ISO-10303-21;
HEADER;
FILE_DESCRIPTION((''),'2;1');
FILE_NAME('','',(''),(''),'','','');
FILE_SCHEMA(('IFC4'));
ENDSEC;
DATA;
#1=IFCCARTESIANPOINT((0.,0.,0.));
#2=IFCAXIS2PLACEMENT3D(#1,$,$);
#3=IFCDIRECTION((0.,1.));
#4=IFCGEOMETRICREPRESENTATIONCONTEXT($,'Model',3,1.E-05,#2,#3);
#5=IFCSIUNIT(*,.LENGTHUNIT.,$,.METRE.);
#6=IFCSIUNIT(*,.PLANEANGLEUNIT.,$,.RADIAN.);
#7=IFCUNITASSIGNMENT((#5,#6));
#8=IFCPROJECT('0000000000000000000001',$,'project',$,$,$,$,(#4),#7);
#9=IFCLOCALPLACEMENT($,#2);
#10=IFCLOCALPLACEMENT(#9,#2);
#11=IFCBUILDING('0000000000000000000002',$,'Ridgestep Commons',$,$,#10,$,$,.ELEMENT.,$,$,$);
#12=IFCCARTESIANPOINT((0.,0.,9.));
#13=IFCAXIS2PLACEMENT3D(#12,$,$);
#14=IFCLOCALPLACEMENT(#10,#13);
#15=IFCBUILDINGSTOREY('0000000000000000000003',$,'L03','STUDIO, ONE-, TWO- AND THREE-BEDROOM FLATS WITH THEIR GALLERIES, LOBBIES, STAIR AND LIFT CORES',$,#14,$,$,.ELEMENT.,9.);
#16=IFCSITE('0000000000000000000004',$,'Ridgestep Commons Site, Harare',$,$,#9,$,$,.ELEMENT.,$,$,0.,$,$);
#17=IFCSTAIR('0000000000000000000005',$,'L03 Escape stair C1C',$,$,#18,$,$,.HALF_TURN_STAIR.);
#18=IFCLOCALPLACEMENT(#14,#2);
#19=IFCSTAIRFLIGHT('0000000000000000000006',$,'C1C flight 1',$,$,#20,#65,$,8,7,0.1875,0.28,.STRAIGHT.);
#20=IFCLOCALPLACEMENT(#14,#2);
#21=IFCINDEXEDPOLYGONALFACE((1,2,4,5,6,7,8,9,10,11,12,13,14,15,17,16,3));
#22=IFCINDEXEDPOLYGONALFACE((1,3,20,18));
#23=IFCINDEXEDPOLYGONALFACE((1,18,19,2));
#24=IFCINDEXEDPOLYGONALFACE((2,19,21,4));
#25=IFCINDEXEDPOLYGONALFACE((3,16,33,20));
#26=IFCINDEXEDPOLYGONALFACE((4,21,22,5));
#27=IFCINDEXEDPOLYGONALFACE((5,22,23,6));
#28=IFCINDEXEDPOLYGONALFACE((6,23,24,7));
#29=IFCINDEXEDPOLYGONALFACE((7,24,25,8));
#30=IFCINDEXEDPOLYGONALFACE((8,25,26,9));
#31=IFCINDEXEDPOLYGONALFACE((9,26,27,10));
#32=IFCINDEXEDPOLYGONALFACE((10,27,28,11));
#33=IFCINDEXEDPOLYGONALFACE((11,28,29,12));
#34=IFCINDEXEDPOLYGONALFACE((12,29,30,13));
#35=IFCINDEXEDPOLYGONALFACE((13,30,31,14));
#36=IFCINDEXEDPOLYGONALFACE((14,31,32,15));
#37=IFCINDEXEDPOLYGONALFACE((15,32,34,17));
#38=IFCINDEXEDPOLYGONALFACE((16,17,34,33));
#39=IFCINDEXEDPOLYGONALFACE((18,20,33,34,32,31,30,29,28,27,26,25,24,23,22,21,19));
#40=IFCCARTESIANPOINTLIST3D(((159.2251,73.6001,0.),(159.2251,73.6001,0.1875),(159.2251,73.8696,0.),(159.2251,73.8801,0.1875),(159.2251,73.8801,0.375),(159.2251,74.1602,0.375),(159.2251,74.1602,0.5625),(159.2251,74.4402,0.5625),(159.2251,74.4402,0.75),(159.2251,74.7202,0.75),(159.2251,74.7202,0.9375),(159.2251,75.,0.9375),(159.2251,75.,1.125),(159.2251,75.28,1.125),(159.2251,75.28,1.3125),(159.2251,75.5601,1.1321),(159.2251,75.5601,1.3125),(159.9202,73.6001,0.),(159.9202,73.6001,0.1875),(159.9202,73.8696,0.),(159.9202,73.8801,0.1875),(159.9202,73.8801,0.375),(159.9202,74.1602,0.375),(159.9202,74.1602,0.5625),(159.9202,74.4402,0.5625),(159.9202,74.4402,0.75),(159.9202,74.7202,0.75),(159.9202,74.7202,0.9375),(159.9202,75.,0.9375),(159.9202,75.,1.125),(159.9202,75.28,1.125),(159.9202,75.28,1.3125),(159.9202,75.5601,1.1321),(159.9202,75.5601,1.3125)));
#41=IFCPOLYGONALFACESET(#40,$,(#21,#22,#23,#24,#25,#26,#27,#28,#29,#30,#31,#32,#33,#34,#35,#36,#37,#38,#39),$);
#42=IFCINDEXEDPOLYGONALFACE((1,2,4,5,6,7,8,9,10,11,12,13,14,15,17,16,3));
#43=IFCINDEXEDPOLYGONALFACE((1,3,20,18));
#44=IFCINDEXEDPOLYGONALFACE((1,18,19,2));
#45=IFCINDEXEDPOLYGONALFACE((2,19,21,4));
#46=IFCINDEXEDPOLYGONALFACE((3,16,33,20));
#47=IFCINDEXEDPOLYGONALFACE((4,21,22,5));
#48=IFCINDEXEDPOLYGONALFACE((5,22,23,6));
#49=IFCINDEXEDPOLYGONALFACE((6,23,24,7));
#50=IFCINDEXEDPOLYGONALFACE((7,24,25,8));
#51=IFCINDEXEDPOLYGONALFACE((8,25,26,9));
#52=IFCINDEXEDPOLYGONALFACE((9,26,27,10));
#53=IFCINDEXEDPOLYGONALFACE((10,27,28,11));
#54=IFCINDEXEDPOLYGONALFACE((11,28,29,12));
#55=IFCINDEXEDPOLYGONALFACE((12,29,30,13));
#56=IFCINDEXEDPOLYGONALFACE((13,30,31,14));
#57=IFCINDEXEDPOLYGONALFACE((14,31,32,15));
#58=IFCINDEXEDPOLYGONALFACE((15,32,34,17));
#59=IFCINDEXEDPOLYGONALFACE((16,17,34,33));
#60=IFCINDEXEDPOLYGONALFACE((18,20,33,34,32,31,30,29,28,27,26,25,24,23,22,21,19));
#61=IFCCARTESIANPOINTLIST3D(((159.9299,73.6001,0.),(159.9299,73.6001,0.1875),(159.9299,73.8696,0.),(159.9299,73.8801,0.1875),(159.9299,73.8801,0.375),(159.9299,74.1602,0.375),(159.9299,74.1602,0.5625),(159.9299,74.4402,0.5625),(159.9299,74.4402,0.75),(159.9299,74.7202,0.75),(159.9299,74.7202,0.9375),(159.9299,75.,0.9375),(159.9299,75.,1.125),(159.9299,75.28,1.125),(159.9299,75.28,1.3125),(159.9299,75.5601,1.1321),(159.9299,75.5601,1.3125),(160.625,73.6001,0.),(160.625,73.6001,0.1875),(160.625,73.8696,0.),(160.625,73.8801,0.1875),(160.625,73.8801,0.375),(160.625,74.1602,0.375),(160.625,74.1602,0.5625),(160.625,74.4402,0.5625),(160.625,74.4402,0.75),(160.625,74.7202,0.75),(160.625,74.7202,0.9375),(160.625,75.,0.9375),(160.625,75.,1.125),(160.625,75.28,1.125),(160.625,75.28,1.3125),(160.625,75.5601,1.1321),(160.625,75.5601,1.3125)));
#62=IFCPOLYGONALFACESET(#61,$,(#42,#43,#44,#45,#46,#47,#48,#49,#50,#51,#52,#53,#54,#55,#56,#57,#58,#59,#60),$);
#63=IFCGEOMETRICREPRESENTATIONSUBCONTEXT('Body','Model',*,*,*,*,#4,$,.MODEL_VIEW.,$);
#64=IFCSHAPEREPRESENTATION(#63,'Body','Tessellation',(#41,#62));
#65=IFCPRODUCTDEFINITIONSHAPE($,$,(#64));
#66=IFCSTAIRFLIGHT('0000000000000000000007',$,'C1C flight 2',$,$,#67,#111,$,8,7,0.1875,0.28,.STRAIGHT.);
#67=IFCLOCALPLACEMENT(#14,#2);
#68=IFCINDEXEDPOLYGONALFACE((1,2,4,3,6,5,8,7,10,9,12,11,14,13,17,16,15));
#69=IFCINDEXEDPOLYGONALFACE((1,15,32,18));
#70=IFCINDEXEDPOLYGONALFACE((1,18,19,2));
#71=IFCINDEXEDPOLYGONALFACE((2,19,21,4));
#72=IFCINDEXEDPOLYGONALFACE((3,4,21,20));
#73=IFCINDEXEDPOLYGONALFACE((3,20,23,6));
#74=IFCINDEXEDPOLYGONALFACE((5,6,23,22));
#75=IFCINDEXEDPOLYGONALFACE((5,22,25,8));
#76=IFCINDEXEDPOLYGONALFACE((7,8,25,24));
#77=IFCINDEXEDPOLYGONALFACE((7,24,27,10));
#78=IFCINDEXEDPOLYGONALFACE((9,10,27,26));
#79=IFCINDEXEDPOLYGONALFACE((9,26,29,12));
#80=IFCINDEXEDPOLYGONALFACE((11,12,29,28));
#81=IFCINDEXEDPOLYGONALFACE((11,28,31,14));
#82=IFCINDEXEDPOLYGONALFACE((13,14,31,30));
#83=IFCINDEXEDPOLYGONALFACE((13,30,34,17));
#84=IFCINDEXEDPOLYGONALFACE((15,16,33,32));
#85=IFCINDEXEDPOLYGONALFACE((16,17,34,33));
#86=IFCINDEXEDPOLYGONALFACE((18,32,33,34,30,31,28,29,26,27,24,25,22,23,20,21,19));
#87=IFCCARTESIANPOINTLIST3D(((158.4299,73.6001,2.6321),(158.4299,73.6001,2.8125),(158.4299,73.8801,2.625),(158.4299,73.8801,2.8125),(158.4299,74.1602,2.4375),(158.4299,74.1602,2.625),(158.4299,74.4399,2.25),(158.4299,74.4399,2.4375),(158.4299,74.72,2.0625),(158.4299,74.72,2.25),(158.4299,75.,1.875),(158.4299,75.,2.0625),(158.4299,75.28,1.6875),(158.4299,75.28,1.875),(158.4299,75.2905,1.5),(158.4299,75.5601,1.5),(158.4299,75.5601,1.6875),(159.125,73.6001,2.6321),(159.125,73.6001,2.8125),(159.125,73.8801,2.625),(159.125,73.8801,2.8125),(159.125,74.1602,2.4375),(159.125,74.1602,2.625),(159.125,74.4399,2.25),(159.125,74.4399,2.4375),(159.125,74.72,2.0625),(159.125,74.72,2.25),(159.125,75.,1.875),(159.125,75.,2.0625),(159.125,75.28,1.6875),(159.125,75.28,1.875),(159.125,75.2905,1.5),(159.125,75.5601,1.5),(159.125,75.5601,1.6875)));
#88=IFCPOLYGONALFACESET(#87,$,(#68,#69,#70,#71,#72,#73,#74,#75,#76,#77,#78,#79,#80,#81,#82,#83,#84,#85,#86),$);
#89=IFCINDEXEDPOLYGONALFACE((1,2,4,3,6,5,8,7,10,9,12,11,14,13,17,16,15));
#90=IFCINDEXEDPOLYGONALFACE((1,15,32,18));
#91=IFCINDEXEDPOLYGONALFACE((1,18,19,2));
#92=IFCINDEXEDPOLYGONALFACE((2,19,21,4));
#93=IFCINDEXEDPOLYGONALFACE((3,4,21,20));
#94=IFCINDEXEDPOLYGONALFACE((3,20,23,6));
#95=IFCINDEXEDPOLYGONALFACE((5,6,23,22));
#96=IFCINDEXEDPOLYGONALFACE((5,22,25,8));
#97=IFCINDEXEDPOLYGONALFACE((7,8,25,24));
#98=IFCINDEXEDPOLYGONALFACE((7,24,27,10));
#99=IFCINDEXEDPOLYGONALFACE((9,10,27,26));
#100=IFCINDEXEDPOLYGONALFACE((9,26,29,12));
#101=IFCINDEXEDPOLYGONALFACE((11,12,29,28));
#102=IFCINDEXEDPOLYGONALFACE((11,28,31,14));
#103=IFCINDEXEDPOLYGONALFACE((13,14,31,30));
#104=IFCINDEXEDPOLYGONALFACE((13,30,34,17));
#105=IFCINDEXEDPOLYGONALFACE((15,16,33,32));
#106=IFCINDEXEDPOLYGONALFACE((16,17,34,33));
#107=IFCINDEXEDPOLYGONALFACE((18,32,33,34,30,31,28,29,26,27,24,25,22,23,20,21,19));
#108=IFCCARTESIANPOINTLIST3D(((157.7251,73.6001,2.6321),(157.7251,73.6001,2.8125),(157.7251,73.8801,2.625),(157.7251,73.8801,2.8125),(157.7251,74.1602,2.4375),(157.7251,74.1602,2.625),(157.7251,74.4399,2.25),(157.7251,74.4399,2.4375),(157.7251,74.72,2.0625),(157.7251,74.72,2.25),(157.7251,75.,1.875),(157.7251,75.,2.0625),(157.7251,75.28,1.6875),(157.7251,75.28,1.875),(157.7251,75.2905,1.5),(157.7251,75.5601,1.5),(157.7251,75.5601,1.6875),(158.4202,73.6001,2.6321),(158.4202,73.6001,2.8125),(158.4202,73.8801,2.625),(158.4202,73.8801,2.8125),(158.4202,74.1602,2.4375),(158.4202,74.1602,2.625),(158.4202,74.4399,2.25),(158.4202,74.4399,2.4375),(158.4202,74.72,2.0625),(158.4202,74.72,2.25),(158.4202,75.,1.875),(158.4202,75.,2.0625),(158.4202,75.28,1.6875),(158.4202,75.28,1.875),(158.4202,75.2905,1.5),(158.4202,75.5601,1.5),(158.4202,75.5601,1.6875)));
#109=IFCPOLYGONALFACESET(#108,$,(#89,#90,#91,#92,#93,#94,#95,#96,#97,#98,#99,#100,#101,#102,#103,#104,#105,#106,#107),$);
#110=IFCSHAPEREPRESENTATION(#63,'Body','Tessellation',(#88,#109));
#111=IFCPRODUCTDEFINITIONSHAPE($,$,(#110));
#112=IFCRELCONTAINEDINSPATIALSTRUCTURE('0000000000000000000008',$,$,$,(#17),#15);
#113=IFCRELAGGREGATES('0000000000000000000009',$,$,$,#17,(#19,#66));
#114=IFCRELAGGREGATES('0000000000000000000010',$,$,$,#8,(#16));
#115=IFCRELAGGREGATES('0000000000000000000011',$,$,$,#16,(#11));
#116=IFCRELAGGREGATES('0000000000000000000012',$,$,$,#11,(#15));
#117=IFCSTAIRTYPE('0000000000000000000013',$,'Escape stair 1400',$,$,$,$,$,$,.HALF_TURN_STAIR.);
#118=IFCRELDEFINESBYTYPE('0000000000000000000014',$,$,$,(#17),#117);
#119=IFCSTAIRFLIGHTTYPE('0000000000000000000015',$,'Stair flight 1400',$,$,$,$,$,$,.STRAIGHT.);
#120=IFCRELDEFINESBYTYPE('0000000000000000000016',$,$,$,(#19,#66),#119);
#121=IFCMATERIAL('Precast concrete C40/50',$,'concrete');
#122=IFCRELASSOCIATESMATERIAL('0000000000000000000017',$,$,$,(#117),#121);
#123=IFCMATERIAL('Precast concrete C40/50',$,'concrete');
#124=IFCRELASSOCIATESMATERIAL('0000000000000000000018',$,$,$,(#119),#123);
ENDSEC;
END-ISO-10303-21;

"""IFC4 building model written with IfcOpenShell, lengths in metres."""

from ifc_helpers import new_model, si_unit, direction, frame, origin, place, context, subcontext, project, spatial, polyline, outline, extrude, material, type_object, element, aggregate, save


model = new_model("IFC4")

# Units and contexts
model_context = context("Model", 3, precision=1e-05, world=origin(), true_north=direction((0.0, 1.0)))
body_context = subcontext(model_context, "Body", "Model", "MODEL_VIEW")
ifc_project = project(units=[si_unit("LENGTHUNIT", "METRE"), si_unit("PLANEANGLEUNIT", "RADIAN")], contexts=[model_context])

# Site, building, storey
site_placement = place(None, origin())
site = spatial("IfcSite", under=ifc_project, at=site_placement, Name="Ridgestep Commons Site, Harare", CompositionType="ELEMENT", RefElevation=0.0)
building_placement = place(site_placement, origin())
building = spatial("IfcBuilding", under=site, at=building_placement, Name="Ridgestep Commons", CompositionType="ELEMENT")
storey_placement = place(building_placement, frame((0.0, 0.0, 9.0)))
storey = spatial("IfcBuildingStorey", under=building, at=storey_placement, Name="L03", Description="STUDIO, ONE-, TWO- AND THREE-BEDROOM FLATS WITH THEIR GALLERIES, LOBBIES, STAIR AND LIFT CORES", CompositionType="ELEMENT", Elevation=9.0)

# Stair, stair flights
ifc_material_1 = material(Name="Precast concrete C40/50", Category="concrete")
stair_type = type_object("IfcStairType", Name="Escape stair 1400", PredefinedType="HALF_TURN_STAIR", material=ifc_material_1)
stair_placement = place(storey_placement, origin())
stair = element("IfcStair", 1, at=stair_placement, inside=storey, type_object=stair_type, Name="L03 Escape stair C1C", PredefinedType="HALF_TURN_STAIR")
ifc_material_2 = material(Name="Precast concrete C40/50", Category="concrete")
stair_flight_type = type_object("IfcStairFlightType", Name="Stair flight 1400", PredefinedType="STRAIGHT", material=ifc_material_2)
stair_flight_1_placement = place(storey_placement, frame((159.925, 73.6001, 0.0), z_axis=(0.0, 0.0, 1.0), x_axis=(0.0, 1.0, 0.0)))
stair_flight_1 = element("IfcStairFlight", 2, at=stair_flight_1_placement, type_object=stair_flight_type, Name="C1C flight 1", NumberOfRisers=8, NumberOfTreads=7, PredefinedType="STRAIGHT", RiserHeight=0.1875, TreadLength=0.28, context=body_context, shape_type="SweptSolid", body=[
    extrude(outline(polyline([(0.0, 0.0), (0.0, 0.1875), (0.28, 0.1875), (0.28, 0.375), (0.5601, 0.375), (0.5601, 0.5625), (0.8401, 0.5625), (0.8401, 0.75), (1.1201, 0.75), (1.1201, 0.9375), (1.3999, 0.9375), (1.3999, 1.125), (1.6799, 1.125), (1.6799, 1.3125), (1.96, 1.3125), (1.96, 1.5), (1.96, 1.1321), (0.2695, 0.0), (0.0, 0.0)])), frame((0.0, 0.7, 0.0), z_axis=(0.0, -1.0, 0.0), x_axis=(1.0, 0.0, 0.0)), (0.0, 0.0, 1.0), 0.6951),
    extrude(outline(polyline([(0.0, 0.0), (0.0, 0.1875), (0.28, 0.1875), (0.28, 0.375), (0.5601, 0.375), (0.5601, 0.5625), (0.8401, 0.5625), (0.8401, 0.75), (1.1201, 0.75), (1.1201, 0.9375), (1.3999, 0.9375), (1.3999, 1.125), (1.6799, 1.125), (1.6799, 1.3125), (1.96, 1.3125), (1.96, 1.5), (1.96, 1.1321), (0.2695, 0.0), (0.0, 0.0)])), frame((0.0, -0.0049, 0.0), z_axis=(0.0, -1.0, 0.0), x_axis=(1.0, 0.0, 0.0)), (0.0, 0.0, 1.0), 0.6951),
])
stair_flight_2_placement = place(storey_placement, frame((158.425, 75.5601, 1.5), z_axis=(0.0, 0.0, 1.0), x_axis=(0.0, -1.0, 0.0)))
stair_flight_2 = element("IfcStairFlight", 3, at=stair_flight_2_placement, type_object=stair_flight_type, Name="C1C flight 2", NumberOfRisers=8, NumberOfTreads=7, PredefinedType="STRAIGHT", RiserHeight=0.1875, TreadLength=0.28, context=body_context, shape_type="SweptSolid", body=[
    extrude(outline(polyline([(0.0, 0.0), (0.0, 0.1875), (0.28, 0.1875), (0.28, 0.375), (0.5601, 0.375), (0.5601, 0.5625), (0.8401, 0.5625), (0.8401, 0.75), (1.1201, 0.75), (1.1201, 0.9375), (1.3999, 0.9375), (1.3999, 1.125), (1.6799, 1.125), (1.6799, 1.3125), (1.96, 1.3125), (1.96, 1.5), (1.96, 1.1321), (0.2695, 0.0), (0.0, 0.0)])), frame((0.0, 0.7, 0.0), z_axis=(0.0, -1.0, 0.0), x_axis=(1.0, 0.0, 0.0)), (0.0, 0.0, 1.0), 0.6951),
    extrude(outline(polyline([(0.0, 0.0), (0.0, 0.1875), (0.28, 0.1875), (0.28, 0.375), (0.5601, 0.375), (0.5601, 0.5625), (0.8401, 0.5625), (0.8401, 0.75), (1.1201, 0.75), (1.1201, 0.9375), (1.3999, 0.9375), (1.3999, 1.125), (1.6799, 1.125), (1.6799, 1.3125), (1.96, 1.3125), (1.96, 1.5), (1.96, 1.1321), (0.2695, 0.0), (0.0, 0.0)])), frame((0.0, -0.0049, 0.0), z_axis=(0.0, -1.0, 0.0), x_axis=(1.0, 0.0, 0.0)), (0.0, 0.0, 1.0), 0.6951),
])
aggregate(stair, [stair_flight_1, stair_flight_2])

save(model, "model.ifc")
